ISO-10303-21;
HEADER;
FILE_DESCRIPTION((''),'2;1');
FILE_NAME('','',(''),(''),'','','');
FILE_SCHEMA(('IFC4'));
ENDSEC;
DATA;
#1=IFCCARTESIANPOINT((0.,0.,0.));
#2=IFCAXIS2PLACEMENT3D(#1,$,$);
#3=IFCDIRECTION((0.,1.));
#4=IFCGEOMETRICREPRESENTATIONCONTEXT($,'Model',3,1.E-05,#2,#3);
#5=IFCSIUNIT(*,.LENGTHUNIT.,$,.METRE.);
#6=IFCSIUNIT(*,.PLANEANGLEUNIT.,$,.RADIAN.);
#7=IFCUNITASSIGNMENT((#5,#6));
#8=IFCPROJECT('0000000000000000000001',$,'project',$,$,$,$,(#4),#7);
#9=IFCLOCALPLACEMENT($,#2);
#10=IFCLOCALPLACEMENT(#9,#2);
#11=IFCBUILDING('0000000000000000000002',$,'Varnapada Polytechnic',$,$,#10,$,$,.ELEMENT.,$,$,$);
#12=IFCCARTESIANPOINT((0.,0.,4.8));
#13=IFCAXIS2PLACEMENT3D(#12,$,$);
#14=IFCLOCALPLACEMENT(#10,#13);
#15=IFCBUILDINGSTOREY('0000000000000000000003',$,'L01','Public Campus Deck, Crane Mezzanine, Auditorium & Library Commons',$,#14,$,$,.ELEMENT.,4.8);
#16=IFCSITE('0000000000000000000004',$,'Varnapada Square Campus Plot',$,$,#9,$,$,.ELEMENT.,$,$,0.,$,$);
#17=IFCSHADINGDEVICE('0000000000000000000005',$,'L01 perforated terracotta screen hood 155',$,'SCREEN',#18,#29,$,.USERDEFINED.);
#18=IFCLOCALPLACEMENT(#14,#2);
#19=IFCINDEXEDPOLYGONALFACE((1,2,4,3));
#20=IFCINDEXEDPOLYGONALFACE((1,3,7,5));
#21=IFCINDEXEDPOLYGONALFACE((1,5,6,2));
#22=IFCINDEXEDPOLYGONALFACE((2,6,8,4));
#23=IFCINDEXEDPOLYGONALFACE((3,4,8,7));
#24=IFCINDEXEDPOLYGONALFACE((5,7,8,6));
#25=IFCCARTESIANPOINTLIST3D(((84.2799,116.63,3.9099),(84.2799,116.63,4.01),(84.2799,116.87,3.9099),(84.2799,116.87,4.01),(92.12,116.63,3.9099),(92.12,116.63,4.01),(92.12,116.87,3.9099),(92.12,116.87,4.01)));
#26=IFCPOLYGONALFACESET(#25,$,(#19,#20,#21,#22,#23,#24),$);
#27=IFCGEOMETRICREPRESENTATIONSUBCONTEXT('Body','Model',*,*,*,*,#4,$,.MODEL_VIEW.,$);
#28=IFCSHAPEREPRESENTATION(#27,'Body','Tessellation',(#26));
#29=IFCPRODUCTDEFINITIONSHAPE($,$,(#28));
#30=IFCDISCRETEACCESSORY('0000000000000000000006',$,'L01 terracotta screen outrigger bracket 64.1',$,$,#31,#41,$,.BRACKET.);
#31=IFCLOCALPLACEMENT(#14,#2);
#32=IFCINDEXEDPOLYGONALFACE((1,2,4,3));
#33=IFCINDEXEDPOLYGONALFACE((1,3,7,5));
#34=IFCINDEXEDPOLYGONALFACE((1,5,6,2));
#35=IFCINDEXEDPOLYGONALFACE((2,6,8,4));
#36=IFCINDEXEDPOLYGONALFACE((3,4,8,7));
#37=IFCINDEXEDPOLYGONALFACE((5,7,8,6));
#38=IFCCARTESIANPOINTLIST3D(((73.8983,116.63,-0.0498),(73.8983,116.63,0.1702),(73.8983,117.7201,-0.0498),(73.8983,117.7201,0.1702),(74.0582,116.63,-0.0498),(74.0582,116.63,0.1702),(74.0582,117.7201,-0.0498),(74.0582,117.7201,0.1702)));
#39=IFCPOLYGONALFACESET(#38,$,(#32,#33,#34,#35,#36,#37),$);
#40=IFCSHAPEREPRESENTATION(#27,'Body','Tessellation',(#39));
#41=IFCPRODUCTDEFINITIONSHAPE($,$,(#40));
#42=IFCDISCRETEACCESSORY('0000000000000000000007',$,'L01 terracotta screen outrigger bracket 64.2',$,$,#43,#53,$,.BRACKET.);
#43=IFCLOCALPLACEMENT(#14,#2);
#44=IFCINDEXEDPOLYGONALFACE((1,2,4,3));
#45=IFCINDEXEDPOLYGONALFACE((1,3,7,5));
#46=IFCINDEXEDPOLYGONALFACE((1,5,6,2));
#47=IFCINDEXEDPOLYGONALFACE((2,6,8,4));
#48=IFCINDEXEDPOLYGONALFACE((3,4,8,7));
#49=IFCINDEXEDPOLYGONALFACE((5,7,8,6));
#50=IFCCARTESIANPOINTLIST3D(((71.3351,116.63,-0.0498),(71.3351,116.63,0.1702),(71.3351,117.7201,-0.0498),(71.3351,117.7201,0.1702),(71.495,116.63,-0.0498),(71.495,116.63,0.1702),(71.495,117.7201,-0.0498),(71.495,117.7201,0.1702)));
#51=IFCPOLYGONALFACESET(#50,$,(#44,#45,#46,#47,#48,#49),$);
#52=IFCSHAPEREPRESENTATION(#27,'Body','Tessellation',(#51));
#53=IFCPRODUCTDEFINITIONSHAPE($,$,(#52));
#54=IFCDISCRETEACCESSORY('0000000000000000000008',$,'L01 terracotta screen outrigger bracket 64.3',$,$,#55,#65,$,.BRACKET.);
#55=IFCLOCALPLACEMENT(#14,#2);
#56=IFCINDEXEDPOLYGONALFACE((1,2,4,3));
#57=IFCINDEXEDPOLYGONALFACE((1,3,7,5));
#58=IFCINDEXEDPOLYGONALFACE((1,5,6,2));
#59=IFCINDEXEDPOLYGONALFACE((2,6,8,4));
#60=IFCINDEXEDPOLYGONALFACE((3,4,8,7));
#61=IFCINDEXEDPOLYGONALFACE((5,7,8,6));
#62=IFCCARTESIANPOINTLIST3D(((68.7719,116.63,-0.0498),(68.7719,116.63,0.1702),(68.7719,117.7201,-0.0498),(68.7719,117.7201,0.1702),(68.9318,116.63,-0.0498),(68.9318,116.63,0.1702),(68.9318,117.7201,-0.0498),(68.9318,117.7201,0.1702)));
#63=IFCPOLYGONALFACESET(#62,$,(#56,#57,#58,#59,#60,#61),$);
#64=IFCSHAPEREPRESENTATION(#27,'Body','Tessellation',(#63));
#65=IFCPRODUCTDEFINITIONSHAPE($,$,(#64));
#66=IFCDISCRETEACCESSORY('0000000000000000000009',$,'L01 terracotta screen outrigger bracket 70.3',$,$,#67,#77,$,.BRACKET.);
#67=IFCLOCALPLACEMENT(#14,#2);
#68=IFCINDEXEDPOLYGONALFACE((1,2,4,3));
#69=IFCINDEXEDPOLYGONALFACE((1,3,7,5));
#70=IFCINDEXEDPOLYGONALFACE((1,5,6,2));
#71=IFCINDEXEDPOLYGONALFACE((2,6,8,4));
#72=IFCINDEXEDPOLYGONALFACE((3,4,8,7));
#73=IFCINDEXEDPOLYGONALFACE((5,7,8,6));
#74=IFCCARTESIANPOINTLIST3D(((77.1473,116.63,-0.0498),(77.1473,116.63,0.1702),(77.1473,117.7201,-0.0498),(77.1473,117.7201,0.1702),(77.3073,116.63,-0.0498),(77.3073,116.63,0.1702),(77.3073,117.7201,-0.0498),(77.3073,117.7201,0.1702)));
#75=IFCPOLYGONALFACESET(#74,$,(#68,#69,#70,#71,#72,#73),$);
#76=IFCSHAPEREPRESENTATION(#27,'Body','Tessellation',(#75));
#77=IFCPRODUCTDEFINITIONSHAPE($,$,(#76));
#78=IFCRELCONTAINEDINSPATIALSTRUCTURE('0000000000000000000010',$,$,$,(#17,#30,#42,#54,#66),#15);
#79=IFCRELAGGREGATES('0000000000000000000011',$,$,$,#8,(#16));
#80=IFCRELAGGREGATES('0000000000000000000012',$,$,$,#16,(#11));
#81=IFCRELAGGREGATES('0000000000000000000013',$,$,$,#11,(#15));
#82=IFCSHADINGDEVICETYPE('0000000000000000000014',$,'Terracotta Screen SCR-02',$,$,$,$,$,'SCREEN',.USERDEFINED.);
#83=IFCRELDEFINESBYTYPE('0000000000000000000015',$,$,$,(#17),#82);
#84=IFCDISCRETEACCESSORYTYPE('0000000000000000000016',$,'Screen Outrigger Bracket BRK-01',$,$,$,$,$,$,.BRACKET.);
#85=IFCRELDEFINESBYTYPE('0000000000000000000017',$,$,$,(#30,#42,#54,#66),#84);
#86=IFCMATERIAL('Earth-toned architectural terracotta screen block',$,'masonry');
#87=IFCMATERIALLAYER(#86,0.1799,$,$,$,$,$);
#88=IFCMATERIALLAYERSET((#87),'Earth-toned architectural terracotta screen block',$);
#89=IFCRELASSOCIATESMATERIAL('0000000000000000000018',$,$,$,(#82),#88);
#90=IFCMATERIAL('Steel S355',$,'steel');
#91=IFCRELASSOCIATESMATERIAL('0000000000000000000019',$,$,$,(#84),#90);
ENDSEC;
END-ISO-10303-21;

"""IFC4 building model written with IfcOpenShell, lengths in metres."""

from ifc_helpers import new_model, si_unit, direction, frame, origin, origin_2d, place, context, subcontext, project, spatial, rectangle, extrude, material, layer, layer_set, type_object, element, save


model = new_model("IFC4")

# Units and contexts
model_context = context("Model", 3, precision=1e-05, world=origin(), true_north=direction((0.0, 1.0)))
body_context = subcontext(model_context, "Body", "Model", "MODEL_VIEW")
ifc_project = project(units=[si_unit("LENGTHUNIT", "METRE"), si_unit("PLANEANGLEUNIT", "RADIAN")], contexts=[model_context])

# Site, building, storey
site_placement = place(None, origin())
site = spatial("IfcSite", under=ifc_project, at=site_placement, Name="Varnapada Square Campus Plot", CompositionType="ELEMENT", RefElevation=0.0)
building_placement = place(site_placement, origin())
building = spatial("IfcBuilding", under=site, at=building_placement, Name="Varnapada Polytechnic", CompositionType="ELEMENT")
storey_placement = place(building_placement, frame((0.0, 0.0, 4.8)))
storey = spatial("IfcBuildingStorey", under=building, at=storey_placement, Name="L01", Description="Public Campus Deck, Crane Mezzanine, Auditorium & Library Commons", CompositionType="ELEMENT", Elevation=4.8)

# Shared definitions
ifc_material_1 = material(Name="Earth-toned architectural terracotta screen block", Category="masonry")

# Shading device
ifc_layer_1 = layer(ifc_material_1, 0.1799)
ifc_layer_set_1 = layer_set([ifc_layer_1], Name="Earth-toned architectural terracotta screen block")
shading_device_type = type_object("IfcShadingDeviceType", Name="Terracotta Screen SCR-02", ElementType="SCREEN", PredefinedType="USERDEFINED", material=ifc_layer_set_1)
for number, where, z_axis, x_axis, name in (
    (1, (88.2, 116.75, 3.9099), (0.0, 0.0, 1.0), (-1.0, 0.0, 0.0), "L01 perforated terracotta screen hood 155"),
):
    element("IfcShadingDevice", number, at=place(storey_placement, frame(where, z_axis=z_axis, x_axis=x_axis)), inside=storey, type_object=shading_device_type, Name=name, ObjectType="SCREEN", PredefinedType="USERDEFINED", context=body_context, shape_type="SweptSolid", body=[
        extrude(rectangle(XDim=7.8401, YDim=0.24, at=origin_2d()), origin(), (0.0, 0.0, 1.0), 0.1001),
    ])

# Discrete accessories
ifc_material_2 = material(Name="Steel S355", Category="steel")
discrete_accessory_type = type_object("IfcDiscreteAccessoryType", Name="Screen Outrigger Bracket BRK-01", PredefinedType="BRACKET", material=ifc_material_2)
for number, where, z_axis, x_axis, name in (
    (2, (73.9783, 117.175, -0.0498), (0.0, 0.0, 1.0), (-1.0, 0.0, 0.0), "L01 terracotta screen outrigger bracket 64.1"),
    (3, (71.415, 117.175, -0.0498), (0.0, 0.0, 1.0), (-1.0, 0.0, 0.0), "L01 terracotta screen outrigger bracket 64.2"),
    (4, (68.8518, 117.175, -0.0498), (0.0, 0.0, 1.0), (-1.0, 0.0, 0.0), "L01 terracotta screen outrigger bracket 64.3"),
    (5, (77.2273, 117.175, -0.0498), (0.0, 0.0, 1.0), (-1.0, 0.0, 0.0), "L01 terracotta screen outrigger bracket 70.3"),
):
    element("IfcDiscreteAccessory", number, at=place(storey_placement, frame(where, z_axis=z_axis, x_axis=x_axis)), inside=storey, type_object=discrete_accessory_type, Name=name, PredefinedType="BRACKET", context=body_context, shape_type="SweptSolid", body=[
        extrude(rectangle(XDim=0.1599, YDim=1.0901, at=origin_2d()), origin(), (0.0, 0.0, 1.0), 0.22),
    ])

save(model, "model.ifc")
